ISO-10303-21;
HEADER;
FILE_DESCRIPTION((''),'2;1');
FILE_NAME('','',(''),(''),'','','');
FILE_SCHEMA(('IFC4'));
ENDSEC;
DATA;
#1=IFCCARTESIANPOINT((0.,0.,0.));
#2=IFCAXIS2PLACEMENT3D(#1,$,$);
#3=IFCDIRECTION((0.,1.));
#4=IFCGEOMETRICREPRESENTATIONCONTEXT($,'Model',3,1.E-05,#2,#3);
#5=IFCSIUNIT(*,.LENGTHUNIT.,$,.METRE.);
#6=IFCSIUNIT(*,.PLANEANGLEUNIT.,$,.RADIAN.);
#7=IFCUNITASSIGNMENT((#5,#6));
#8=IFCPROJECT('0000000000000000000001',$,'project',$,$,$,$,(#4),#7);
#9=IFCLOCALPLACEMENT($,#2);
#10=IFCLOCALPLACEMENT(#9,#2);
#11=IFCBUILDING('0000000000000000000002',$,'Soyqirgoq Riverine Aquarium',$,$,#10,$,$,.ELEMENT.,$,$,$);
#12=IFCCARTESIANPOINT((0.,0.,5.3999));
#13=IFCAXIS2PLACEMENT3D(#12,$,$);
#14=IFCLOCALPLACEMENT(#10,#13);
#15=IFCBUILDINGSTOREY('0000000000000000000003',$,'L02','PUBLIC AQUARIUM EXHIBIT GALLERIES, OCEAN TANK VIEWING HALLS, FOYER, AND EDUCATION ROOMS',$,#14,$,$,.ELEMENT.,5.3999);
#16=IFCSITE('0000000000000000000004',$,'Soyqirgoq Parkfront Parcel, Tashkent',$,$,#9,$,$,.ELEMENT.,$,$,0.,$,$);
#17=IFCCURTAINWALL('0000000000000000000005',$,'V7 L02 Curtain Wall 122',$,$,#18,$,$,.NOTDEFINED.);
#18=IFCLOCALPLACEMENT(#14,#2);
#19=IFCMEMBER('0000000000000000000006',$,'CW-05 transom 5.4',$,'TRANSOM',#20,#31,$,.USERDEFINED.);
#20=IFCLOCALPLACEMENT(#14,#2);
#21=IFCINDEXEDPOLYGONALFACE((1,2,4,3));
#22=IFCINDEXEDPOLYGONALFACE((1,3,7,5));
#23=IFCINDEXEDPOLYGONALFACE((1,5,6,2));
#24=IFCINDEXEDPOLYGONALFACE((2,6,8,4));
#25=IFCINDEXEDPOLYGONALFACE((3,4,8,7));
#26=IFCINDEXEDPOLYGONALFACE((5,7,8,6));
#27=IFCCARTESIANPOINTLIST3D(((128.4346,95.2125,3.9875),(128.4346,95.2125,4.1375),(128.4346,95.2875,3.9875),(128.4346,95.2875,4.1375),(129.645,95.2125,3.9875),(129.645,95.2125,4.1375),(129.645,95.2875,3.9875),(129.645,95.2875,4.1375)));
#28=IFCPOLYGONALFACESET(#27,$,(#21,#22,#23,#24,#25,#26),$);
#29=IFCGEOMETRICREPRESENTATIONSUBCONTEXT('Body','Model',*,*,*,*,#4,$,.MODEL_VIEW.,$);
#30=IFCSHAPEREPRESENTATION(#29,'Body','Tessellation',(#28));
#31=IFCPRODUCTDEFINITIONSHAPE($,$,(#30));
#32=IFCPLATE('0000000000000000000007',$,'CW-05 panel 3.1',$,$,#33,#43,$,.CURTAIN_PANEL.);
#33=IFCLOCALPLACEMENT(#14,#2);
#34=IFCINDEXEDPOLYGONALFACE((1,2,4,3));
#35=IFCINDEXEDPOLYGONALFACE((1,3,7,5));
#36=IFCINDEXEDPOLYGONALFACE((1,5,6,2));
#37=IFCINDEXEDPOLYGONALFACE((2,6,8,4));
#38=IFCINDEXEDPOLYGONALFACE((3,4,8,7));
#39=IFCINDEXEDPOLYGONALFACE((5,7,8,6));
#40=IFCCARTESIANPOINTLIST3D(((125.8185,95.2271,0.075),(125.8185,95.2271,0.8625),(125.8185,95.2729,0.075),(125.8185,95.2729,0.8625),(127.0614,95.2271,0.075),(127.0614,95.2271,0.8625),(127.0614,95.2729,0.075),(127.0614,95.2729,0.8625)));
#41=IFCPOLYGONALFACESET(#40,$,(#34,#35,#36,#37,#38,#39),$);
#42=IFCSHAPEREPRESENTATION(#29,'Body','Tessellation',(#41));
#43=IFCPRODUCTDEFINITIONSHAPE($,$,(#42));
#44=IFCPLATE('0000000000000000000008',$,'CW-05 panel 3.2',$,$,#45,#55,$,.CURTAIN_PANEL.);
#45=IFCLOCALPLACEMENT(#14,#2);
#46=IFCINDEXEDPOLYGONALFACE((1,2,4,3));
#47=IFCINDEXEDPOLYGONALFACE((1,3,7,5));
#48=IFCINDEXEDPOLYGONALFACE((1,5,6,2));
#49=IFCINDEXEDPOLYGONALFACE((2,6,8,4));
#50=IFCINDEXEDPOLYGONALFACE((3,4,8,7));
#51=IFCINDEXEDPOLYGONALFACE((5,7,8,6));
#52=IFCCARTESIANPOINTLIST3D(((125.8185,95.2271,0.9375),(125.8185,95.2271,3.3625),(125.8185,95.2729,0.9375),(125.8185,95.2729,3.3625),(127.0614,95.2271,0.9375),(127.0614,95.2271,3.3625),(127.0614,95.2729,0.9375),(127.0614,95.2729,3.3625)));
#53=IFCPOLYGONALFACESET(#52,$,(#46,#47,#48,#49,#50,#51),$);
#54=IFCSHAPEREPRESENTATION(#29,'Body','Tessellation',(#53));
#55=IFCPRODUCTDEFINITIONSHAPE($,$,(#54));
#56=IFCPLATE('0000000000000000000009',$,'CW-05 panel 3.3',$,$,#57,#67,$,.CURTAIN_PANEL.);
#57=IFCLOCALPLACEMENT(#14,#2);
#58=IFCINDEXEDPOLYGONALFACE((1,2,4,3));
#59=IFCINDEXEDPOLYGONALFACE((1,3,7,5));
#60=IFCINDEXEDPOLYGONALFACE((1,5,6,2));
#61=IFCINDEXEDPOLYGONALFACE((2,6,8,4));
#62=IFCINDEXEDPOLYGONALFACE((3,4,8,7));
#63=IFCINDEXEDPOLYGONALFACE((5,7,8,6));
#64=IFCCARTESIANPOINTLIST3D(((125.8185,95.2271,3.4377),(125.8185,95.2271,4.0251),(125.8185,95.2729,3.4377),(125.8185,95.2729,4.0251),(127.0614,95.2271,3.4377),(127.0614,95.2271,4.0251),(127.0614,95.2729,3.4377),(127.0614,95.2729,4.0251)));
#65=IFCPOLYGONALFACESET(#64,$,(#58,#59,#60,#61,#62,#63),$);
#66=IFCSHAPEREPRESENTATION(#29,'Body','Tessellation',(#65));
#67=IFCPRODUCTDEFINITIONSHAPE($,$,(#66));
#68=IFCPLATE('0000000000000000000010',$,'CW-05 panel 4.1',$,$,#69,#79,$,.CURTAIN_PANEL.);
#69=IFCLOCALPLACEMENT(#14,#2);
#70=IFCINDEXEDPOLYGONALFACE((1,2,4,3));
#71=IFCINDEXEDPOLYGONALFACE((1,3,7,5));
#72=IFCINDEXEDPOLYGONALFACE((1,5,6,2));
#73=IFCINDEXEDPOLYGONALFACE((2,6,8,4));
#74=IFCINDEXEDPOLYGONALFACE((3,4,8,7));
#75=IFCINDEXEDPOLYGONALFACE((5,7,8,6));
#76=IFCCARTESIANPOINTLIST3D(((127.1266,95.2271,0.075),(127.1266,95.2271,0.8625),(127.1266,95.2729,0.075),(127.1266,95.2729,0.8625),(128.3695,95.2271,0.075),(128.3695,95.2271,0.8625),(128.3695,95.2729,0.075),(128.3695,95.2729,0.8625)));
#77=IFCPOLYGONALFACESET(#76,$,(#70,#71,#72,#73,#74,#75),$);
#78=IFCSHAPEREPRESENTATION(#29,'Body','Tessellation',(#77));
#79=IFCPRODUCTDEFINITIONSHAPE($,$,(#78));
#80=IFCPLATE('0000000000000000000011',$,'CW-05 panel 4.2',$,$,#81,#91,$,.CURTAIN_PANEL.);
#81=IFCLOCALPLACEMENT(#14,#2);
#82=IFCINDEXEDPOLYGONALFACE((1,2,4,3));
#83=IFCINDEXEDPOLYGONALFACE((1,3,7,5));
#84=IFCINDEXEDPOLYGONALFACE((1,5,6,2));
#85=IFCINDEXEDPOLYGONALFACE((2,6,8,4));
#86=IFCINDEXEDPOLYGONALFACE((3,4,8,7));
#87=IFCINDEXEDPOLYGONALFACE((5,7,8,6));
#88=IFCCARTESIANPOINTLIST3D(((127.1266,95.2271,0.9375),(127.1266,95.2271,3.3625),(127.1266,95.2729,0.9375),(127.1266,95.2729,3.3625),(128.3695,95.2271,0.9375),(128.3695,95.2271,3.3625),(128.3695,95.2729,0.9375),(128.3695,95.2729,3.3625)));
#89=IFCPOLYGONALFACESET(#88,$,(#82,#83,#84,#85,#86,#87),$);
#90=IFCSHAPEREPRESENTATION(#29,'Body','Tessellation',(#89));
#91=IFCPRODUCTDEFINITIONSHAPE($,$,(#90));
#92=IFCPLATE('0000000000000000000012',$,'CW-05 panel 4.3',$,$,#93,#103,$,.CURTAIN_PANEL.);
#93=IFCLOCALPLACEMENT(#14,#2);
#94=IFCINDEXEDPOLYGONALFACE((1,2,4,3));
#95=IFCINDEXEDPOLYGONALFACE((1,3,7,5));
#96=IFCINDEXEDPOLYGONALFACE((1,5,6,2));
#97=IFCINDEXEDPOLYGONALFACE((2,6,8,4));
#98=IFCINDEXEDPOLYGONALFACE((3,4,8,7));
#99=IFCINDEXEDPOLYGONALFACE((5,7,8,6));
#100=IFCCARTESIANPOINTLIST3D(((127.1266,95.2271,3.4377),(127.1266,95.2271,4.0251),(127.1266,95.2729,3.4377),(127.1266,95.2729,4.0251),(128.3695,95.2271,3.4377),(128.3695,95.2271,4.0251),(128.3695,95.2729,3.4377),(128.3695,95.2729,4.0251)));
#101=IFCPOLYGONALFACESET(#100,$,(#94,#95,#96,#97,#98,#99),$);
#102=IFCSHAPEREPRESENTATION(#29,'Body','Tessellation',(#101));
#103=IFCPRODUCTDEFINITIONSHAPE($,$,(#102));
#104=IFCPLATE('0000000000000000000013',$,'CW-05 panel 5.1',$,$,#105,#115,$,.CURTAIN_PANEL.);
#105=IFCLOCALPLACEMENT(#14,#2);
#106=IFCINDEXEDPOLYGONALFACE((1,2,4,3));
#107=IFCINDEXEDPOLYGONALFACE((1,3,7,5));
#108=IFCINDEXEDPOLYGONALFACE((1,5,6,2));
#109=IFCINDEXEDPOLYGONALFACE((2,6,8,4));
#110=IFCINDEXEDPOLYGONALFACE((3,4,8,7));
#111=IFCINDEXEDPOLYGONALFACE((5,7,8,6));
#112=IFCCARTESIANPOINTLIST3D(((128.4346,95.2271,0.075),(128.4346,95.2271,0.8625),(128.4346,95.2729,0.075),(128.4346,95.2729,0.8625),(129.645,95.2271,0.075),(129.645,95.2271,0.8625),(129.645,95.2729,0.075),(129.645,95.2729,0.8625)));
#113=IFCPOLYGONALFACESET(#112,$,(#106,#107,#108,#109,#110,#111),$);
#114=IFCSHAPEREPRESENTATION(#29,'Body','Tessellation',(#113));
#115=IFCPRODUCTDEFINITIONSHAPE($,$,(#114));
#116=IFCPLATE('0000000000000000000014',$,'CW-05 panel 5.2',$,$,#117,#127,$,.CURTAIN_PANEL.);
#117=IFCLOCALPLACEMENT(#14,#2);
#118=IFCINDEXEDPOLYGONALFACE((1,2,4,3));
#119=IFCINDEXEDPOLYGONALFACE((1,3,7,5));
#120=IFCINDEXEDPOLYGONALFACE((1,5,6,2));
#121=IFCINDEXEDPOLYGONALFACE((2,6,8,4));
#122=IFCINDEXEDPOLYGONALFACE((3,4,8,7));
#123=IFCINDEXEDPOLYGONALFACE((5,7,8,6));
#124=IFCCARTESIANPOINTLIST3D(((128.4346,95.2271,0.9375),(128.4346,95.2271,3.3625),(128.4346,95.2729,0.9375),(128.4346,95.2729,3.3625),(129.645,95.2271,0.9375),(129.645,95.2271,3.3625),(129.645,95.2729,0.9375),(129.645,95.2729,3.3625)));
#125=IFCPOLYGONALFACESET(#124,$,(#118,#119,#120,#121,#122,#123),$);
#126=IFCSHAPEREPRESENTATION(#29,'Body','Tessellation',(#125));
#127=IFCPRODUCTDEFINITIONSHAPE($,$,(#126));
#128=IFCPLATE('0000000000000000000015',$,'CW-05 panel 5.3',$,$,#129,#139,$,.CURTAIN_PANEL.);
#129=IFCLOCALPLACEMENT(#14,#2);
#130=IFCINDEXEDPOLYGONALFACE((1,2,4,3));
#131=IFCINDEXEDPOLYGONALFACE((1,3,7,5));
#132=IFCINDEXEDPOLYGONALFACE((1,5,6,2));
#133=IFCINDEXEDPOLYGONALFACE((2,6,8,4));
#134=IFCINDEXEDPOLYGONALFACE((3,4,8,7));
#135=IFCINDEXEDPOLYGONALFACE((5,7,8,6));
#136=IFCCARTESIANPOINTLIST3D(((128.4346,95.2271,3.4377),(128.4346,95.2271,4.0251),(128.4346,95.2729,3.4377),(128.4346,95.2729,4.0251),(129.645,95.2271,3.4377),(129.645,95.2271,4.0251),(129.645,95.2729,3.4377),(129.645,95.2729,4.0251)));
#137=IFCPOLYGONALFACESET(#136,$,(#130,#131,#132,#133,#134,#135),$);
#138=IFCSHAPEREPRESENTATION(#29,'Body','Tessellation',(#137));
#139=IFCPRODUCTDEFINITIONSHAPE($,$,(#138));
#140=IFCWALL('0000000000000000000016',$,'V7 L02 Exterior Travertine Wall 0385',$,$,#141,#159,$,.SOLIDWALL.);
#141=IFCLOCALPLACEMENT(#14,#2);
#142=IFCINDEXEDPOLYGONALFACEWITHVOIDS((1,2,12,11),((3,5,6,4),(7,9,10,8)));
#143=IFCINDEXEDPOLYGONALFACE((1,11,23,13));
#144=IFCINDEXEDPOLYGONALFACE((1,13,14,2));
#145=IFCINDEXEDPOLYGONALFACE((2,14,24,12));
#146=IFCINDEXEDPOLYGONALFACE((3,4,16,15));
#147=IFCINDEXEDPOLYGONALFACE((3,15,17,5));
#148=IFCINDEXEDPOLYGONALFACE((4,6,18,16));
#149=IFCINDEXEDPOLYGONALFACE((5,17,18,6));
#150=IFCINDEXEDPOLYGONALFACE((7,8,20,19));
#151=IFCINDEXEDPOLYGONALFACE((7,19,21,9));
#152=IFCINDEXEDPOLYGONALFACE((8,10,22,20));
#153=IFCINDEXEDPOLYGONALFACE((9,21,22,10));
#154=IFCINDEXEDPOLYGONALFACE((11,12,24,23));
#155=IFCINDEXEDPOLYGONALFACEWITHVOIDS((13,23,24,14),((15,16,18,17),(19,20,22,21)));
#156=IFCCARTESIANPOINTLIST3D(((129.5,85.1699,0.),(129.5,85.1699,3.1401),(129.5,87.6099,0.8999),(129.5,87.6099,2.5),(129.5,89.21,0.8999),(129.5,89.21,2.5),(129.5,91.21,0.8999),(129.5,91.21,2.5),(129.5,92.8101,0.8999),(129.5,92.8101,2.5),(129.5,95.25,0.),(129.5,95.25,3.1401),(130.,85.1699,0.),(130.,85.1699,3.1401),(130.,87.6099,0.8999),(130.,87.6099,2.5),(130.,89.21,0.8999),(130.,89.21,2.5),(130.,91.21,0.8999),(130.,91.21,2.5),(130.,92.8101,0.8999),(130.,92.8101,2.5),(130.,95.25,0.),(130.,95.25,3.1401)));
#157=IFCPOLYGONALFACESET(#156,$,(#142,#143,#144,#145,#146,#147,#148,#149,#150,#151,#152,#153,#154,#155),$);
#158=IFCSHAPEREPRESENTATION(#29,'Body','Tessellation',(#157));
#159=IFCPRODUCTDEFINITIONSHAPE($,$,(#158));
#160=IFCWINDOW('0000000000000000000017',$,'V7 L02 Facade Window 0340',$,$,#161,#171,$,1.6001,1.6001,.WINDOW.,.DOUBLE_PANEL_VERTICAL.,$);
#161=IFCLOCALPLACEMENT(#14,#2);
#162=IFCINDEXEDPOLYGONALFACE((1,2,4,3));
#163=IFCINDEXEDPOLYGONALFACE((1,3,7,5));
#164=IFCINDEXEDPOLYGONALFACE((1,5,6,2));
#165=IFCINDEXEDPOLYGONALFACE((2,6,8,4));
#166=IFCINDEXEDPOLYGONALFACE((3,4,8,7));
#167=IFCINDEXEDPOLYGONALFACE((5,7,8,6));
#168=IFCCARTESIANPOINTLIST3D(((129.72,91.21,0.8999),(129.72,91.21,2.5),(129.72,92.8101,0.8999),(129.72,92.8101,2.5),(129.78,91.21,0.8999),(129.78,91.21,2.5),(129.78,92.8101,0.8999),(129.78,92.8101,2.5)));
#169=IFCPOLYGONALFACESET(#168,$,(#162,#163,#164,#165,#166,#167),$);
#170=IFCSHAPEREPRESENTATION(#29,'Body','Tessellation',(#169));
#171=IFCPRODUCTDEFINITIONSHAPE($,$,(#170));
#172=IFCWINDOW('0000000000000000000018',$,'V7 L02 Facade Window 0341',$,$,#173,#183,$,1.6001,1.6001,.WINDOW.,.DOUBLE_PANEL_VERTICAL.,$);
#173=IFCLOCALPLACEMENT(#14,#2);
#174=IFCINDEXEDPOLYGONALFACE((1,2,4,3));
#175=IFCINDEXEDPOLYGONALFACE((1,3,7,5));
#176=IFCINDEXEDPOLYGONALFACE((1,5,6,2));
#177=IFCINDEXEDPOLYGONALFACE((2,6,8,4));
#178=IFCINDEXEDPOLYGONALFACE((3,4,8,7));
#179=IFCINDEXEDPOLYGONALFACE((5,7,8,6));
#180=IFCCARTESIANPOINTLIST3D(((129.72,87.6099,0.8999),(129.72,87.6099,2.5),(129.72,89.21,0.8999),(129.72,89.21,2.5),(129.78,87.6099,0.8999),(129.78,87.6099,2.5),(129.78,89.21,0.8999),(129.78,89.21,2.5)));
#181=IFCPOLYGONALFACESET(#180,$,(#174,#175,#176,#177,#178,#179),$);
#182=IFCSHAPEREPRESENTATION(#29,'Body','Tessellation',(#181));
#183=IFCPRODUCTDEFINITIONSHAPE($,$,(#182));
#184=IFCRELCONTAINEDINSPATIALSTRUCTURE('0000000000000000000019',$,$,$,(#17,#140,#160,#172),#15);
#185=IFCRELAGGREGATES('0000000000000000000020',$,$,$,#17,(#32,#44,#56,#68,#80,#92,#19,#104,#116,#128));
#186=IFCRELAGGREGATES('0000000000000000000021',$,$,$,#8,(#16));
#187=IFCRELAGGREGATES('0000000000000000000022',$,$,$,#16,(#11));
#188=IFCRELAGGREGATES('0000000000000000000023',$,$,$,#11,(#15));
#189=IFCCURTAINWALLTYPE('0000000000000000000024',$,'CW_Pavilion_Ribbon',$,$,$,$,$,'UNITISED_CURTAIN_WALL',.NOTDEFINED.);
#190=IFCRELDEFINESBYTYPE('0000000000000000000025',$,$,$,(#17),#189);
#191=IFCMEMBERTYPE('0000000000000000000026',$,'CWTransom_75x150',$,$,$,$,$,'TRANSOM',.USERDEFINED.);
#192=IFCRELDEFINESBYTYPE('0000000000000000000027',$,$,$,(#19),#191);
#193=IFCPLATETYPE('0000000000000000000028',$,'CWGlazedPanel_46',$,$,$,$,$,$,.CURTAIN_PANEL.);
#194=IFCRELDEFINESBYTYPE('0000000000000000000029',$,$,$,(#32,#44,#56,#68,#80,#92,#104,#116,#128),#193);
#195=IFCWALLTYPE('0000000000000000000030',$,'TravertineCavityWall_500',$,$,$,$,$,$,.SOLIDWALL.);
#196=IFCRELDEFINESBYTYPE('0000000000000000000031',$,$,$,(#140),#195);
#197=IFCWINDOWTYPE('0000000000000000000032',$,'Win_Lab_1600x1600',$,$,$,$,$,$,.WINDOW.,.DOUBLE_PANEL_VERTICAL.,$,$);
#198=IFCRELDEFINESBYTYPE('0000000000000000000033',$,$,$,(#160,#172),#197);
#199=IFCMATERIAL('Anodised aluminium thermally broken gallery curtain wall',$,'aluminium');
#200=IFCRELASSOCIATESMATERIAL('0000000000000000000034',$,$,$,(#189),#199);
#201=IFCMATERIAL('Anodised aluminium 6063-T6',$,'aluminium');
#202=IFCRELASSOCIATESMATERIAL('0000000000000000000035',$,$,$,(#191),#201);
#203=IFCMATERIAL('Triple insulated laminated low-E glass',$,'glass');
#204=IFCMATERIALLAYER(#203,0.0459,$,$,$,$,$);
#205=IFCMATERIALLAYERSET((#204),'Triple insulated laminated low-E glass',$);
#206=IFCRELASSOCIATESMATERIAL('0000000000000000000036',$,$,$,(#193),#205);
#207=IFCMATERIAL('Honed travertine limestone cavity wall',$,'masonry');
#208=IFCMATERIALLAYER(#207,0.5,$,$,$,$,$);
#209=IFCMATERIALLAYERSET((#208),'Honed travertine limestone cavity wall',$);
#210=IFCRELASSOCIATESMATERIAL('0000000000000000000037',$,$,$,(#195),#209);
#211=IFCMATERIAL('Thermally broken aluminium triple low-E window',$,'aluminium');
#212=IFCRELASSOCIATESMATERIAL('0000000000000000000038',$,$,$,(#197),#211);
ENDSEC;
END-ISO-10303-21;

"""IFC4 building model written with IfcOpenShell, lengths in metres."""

from ifc_helpers import new_model, si_unit, direction, frame, frame_2d, origin, origin_2d, place, context, subcontext, project, spatial, rectangle, extrude, material, layer, layer_set, material_profile, profile_set, type_object, element, fill, aggregate, save


model = new_model("IFC4")

# Units and contexts
model_context = context("Model", 3, precision=1e-05, world=origin(), true_north=direction((0.0, 1.0)))
body_context = subcontext(model_context, "Body", "Model", "MODEL_VIEW")
ifc_project = project(units=[si_unit("LENGTHUNIT", "METRE"), si_unit("PLANEANGLEUNIT", "RADIAN")], contexts=[model_context])

# Site, building, storey
site_placement = place(None, origin())
site = spatial("IfcSite", under=ifc_project, at=site_placement, Name="Soyqirgoq Parkfront Parcel, Tashkent", CompositionType="ELEMENT", RefElevation=0.0)
building_placement = place(site_placement, origin())
building = spatial("IfcBuilding", under=site, at=building_placement, Name="Soyqirgoq Riverine Aquarium", CompositionType="ELEMENT")
storey_placement = place(building_placement, frame((0.0, 0.0, 5.3999)))
storey = spatial("IfcBuildingStorey", under=building, at=storey_placement, Name="L02", Description="PUBLIC AQUARIUM EXHIBIT GALLERIES, OCEAN TANK VIEWING HALLS, FOYER, AND EDUCATION ROOMS", CompositionType="ELEMENT", Elevation=5.3999)

# Curtain wall, member, plates
ifc_material_1 = material(Name="Anodised aluminium thermally broken gallery curtain wall", Category="aluminium")
curtain_wall_type = type_object("IfcCurtainWallType", Name="CW_Pavilion_Ribbon", ElementType="UNITISED_CURTAIN_WALL", PredefinedType="NOTDEFINED", material=ifc_material_1)
curtain_wall_placement = place(storey_placement, origin())
curtain_wall = element("IfcCurtainWall", 1, at=curtain_wall_placement, inside=storey, type_object=curtain_wall_type, Name="V7 L02 Curtain Wall 122", PredefinedType="NOTDEFINED")
ifc_material_2 = material(Name="Anodised aluminium 6063-T6", Category="aluminium")
ifc_material_profile_1 = material_profile(ifc_material_2, rectangle(XDim=0.075, YDim=0.1499, at=origin_2d()), Name="ALU-T 75x150")
ifc_profile_set_1 = profile_set([ifc_material_profile_1], Name="Anodised aluminium 6063-T6")
member_type_1 = type_object("IfcMemberType", Name="CWTransom_75x150", ElementType="TRANSOM", PredefinedType="USERDEFINED", material=ifc_profile_set_1)
member_1_placement = place(storey_placement, frame((128.4346, 95.25, 4.0625), z_axis=(1.0, 0.0, 0.0), x_axis=(0.0, 1.0, 0.0)))
member_1 = element("IfcMember", 2, at=member_1_placement, type_object=member_type_1, Name="CW-05 transom 5.4", ObjectType="TRANSOM", PredefinedType="USERDEFINED", context=body_context, shape_type="SweptSolid", body=[
    extrude(rectangle(XDim=0.075, YDim=0.1499, at=origin_2d()), origin(), (0.0, 0.0, 1.0), 1.2104),
])
ifc_material_3 = material(Name="Triple insulated laminated low-E glass", Category="glass")
ifc_layer_1 = layer(ifc_material_3, 0.0459)
ifc_layer_set_1 = layer_set([ifc_layer_1], Name="Triple insulated laminated low-E glass")
plate_type = type_object("IfcPlateType", Name="CWGlazedPanel_46", PredefinedType="CURTAIN_PANEL", material=ifc_layer_set_1)
plate_1_placement = place(storey_placement, frame((126.4399, 95.25, 0.075), z_axis=(0.0, 0.0, 1.0), x_axis=(1.0, 0.0, 0.0)))
plate_1 = element("IfcPlate", 3, at=plate_1_placement, type_object=plate_type, Name="CW-05 panel 3.1", PredefinedType="CURTAIN_PANEL", context=body_context, shape_type="SweptSolid", body=[
    extrude(rectangle(XDim=1.2429, YDim=0.0459, at=origin_2d()), origin(), (0.0, 0.0, 1.0), 0.7876),
])
plate_2_placement = place(storey_placement, frame((126.4399, 95.25, 0.9375), z_axis=(0.0, 0.0, 1.0), x_axis=(1.0, 0.0, 0.0)))
plate_2 = element("IfcPlate", 4, at=plate_2_placement, type_object=plate_type, Name="CW-05 panel 3.2", PredefinedType="CURTAIN_PANEL", context=body_context, shape_type="SweptSolid", body=[
    extrude(rectangle(XDim=1.2429, YDim=0.0459, at=origin_2d()), origin(), (0.0, 0.0, 1.0), 2.425),
])
plate_3_placement = place(storey_placement, frame((126.4399, 95.25, 3.4377), z_axis=(0.0, 0.0, 1.0), x_axis=(1.0, 0.0, 0.0)))
plate_3 = element("IfcPlate", 5, at=plate_3_placement, type_object=plate_type, Name="CW-05 panel 3.3", PredefinedType="CURTAIN_PANEL", context=body_context, shape_type="SweptSolid", body=[
    extrude(rectangle(XDim=1.2429, YDim=0.0459, at=origin_2d()), origin(), (0.0, 0.0, 1.0), 0.5874),
])
plate_4_placement = place(storey_placement, frame((127.748, 95.25, 0.075), z_axis=(0.0, 0.0, 1.0), x_axis=(1.0, 0.0, 0.0)))
plate_4 = element("IfcPlate", 6, at=plate_4_placement, type_object=plate_type, Name="CW-05 panel 4.1", PredefinedType="CURTAIN_PANEL", context=body_context, shape_type="SweptSolid", body=[
    extrude(rectangle(XDim=1.2429, YDim=0.0459, at=origin_2d()), origin(), (0.0, 0.0, 1.0), 0.7876),
])
plate_5_placement = place(storey_placement, frame((127.748, 95.25, 0.9375), z_axis=(0.0, 0.0, 1.0), x_axis=(1.0, 0.0, 0.0)))
plate_5 = element("IfcPlate", 7, at=plate_5_placement, type_object=plate_type, Name="CW-05 panel 4.2", PredefinedType="CURTAIN_PANEL", context=body_context, shape_type="SweptSolid", body=[
    extrude(rectangle(XDim=1.2429, YDim=0.0459, at=origin_2d()), origin(), (0.0, 0.0, 1.0), 2.425),
])
plate_6_placement = place(storey_placement, frame((127.748, 95.25, 3.4377), z_axis=(0.0, 0.0, 1.0), x_axis=(1.0, 0.0, 0.0)))
plate_6 = element("IfcPlate", 8, at=plate_6_placement, type_object=plate_type, Name="CW-05 panel 4.3", PredefinedType="CURTAIN_PANEL", context=body_context, shape_type="SweptSolid", body=[
    extrude(rectangle(XDim=1.2429, YDim=0.0459, at=origin_2d()), origin(), (0.0, 0.0, 1.0), 0.5874),
])
plate_7_placement = place(storey_placement, frame((129.0398, 95.25, 0.075), z_axis=(0.0, 0.0, 1.0), x_axis=(1.0, 0.0, 0.0)))
plate_7 = element("IfcPlate", 9, at=plate_7_placement, type_object=plate_type, Name="CW-05 panel 5.1", PredefinedType="CURTAIN_PANEL", context=body_context, shape_type="SweptSolid", body=[
    extrude(rectangle(XDim=1.2104, YDim=0.0459, at=origin_2d()), origin(), (0.0, 0.0, 1.0), 0.7876),
])
plate_8_placement = place(storey_placement, frame((129.0398, 95.25, 0.9375), z_axis=(0.0, 0.0, 1.0), x_axis=(1.0, 0.0, 0.0)))
plate_8 = element("IfcPlate", 10, at=plate_8_placement, type_object=plate_type, Name="CW-05 panel 5.2", PredefinedType="CURTAIN_PANEL", context=body_context, shape_type="SweptSolid", body=[
    extrude(rectangle(XDim=1.2104, YDim=0.0459, at=origin_2d()), origin(), (0.0, 0.0, 1.0), 2.425),
])
plate_9_placement = place(storey_placement, frame((129.0398, 95.25, 3.4377), z_axis=(0.0, 0.0, 1.0), x_axis=(1.0, 0.0, 0.0)))
plate_9 = element("IfcPlate", 11, at=plate_9_placement, type_object=plate_type, Name="CW-05 panel 5.3", PredefinedType="CURTAIN_PANEL", context=body_context, shape_type="SweptSolid", body=[
    extrude(rectangle(XDim=1.2104, YDim=0.0459, at=origin_2d()), origin(), (0.0, 0.0, 1.0), 0.5874),
])
aggregate(curtain_wall, [plate_1, plate_2, plate_3, plate_4, plate_5, plate_6, member_1, plate_7, plate_8, plate_9])

# Wall, openings, windows
ifc_material_4 = material(Name="Honed travertine limestone cavity wall", Category="masonry")
ifc_layer_2 = layer(ifc_material_4, 0.5)
ifc_layer_set_2 = layer_set([ifc_layer_2], Name="Honed travertine limestone cavity wall")
wall_type = type_object("IfcWallType", Name="TravertineCavityWall_500", PredefinedType="SOLIDWALL", material=ifc_layer_set_2)
wall_placement = place(storey_placement, frame((129.75, 95.25, 0.0), z_axis=(0.0, 0.0, 1.0), x_axis=(0.0, -1.0, 0.0)))
wall = element("IfcWall", 12, at=wall_placement, inside=storey, type_object=wall_type, Name="V7 L02 Exterior Travertine Wall 0385", PredefinedType="SOLIDWALL", context=body_context, shape_type="SweptSolid", body=[
    extrude(rectangle(XDim=10.0801, YDim=0.5, at=frame_2d((5.04, 0.0))), origin(), (0.0, 0.0, 1.0), 3.1401),
])
opening_1_placement = place(wall_placement, frame((2.4399, 0.0, 0.8999)))
opening_1 = element("IfcOpeningElement", 13, at=opening_1_placement, cuts=wall, PredefinedType="OPENING", context=body_context, shape_type="SweptSolid", body=[
    extrude(rectangle(XDim=1.6001, YDim=1.6001, at=frame_2d((0.8, 0.8))), frame((0.0, 0.26, 0.0), z_axis=(0.0, -1.0, 0.0), x_axis=(1.0, 0.0, 0.0)), (0.0, 0.0, 1.0), 0.52),
])
opening_2_placement = place(wall_placement, frame((6.04, 0.0, 0.8999)))
opening_2 = element("IfcOpeningElement", 14, at=opening_2_placement, cuts=wall, PredefinedType="OPENING", context=body_context, shape_type="SweptSolid", body=[
    extrude(rectangle(XDim=1.6001, YDim=1.6001, at=frame_2d((0.8, 0.8))), frame((0.0, 0.26, 0.0), z_axis=(0.0, -1.0, 0.0), x_axis=(1.0, 0.0, 0.0)), (0.0, 0.0, 1.0), 0.52),
])
ifc_material_5 = material(Name="Thermally broken aluminium triple low-E window", Category="aluminium")
window_type = type_object("IfcWindowType", Name="Win_Lab_1600x1600", PartitioningType="DOUBLE_PANEL_VERTICAL", PredefinedType="WINDOW", material=ifc_material_5)
window_1_placement = place(opening_1_placement, origin())
window_1 = element("IfcWindow", 15, at=window_1_placement, inside=storey, type_object=window_type, Name="V7 L02 Facade Window 0340", OverallHeight=1.6001, OverallWidth=1.6001, PartitioningType="DOUBLE_PANEL_VERTICAL", PredefinedType="WINDOW", context=body_context, shape_type="SweptSolid", body=[
    extrude(rectangle(XDim=1.6001, YDim=1.6001, at=frame_2d((0.8, 0.8))), frame((0.0, 0.03, 0.0), z_axis=(0.0, -1.0, 0.0), x_axis=(1.0, 0.0, 0.0)), (0.0, 0.0, 1.0), 0.0601),
])
fill(opening_1, window_1)
window_2_placement = place(opening_2_placement, origin())
window_2 = element("IfcWindow", 16, at=window_2_placement, inside=storey, type_object=window_type, Name="V7 L02 Facade Window 0341", OverallHeight=1.6001, OverallWidth=1.6001, PartitioningType="DOUBLE_PANEL_VERTICAL", PredefinedType="WINDOW", context=body_context, shape_type="SweptSolid", body=[
    extrude(rectangle(XDim=1.6001, YDim=1.6001, at=frame_2d((0.8, 0.8))), frame((0.0, 0.03, 0.0), z_axis=(0.0, -1.0, 0.0), x_axis=(1.0, 0.0, 0.0)), (0.0, 0.0, 1.0), 0.0601),
])
fill(opening_2, window_2)

save(model, "model.ifc")
